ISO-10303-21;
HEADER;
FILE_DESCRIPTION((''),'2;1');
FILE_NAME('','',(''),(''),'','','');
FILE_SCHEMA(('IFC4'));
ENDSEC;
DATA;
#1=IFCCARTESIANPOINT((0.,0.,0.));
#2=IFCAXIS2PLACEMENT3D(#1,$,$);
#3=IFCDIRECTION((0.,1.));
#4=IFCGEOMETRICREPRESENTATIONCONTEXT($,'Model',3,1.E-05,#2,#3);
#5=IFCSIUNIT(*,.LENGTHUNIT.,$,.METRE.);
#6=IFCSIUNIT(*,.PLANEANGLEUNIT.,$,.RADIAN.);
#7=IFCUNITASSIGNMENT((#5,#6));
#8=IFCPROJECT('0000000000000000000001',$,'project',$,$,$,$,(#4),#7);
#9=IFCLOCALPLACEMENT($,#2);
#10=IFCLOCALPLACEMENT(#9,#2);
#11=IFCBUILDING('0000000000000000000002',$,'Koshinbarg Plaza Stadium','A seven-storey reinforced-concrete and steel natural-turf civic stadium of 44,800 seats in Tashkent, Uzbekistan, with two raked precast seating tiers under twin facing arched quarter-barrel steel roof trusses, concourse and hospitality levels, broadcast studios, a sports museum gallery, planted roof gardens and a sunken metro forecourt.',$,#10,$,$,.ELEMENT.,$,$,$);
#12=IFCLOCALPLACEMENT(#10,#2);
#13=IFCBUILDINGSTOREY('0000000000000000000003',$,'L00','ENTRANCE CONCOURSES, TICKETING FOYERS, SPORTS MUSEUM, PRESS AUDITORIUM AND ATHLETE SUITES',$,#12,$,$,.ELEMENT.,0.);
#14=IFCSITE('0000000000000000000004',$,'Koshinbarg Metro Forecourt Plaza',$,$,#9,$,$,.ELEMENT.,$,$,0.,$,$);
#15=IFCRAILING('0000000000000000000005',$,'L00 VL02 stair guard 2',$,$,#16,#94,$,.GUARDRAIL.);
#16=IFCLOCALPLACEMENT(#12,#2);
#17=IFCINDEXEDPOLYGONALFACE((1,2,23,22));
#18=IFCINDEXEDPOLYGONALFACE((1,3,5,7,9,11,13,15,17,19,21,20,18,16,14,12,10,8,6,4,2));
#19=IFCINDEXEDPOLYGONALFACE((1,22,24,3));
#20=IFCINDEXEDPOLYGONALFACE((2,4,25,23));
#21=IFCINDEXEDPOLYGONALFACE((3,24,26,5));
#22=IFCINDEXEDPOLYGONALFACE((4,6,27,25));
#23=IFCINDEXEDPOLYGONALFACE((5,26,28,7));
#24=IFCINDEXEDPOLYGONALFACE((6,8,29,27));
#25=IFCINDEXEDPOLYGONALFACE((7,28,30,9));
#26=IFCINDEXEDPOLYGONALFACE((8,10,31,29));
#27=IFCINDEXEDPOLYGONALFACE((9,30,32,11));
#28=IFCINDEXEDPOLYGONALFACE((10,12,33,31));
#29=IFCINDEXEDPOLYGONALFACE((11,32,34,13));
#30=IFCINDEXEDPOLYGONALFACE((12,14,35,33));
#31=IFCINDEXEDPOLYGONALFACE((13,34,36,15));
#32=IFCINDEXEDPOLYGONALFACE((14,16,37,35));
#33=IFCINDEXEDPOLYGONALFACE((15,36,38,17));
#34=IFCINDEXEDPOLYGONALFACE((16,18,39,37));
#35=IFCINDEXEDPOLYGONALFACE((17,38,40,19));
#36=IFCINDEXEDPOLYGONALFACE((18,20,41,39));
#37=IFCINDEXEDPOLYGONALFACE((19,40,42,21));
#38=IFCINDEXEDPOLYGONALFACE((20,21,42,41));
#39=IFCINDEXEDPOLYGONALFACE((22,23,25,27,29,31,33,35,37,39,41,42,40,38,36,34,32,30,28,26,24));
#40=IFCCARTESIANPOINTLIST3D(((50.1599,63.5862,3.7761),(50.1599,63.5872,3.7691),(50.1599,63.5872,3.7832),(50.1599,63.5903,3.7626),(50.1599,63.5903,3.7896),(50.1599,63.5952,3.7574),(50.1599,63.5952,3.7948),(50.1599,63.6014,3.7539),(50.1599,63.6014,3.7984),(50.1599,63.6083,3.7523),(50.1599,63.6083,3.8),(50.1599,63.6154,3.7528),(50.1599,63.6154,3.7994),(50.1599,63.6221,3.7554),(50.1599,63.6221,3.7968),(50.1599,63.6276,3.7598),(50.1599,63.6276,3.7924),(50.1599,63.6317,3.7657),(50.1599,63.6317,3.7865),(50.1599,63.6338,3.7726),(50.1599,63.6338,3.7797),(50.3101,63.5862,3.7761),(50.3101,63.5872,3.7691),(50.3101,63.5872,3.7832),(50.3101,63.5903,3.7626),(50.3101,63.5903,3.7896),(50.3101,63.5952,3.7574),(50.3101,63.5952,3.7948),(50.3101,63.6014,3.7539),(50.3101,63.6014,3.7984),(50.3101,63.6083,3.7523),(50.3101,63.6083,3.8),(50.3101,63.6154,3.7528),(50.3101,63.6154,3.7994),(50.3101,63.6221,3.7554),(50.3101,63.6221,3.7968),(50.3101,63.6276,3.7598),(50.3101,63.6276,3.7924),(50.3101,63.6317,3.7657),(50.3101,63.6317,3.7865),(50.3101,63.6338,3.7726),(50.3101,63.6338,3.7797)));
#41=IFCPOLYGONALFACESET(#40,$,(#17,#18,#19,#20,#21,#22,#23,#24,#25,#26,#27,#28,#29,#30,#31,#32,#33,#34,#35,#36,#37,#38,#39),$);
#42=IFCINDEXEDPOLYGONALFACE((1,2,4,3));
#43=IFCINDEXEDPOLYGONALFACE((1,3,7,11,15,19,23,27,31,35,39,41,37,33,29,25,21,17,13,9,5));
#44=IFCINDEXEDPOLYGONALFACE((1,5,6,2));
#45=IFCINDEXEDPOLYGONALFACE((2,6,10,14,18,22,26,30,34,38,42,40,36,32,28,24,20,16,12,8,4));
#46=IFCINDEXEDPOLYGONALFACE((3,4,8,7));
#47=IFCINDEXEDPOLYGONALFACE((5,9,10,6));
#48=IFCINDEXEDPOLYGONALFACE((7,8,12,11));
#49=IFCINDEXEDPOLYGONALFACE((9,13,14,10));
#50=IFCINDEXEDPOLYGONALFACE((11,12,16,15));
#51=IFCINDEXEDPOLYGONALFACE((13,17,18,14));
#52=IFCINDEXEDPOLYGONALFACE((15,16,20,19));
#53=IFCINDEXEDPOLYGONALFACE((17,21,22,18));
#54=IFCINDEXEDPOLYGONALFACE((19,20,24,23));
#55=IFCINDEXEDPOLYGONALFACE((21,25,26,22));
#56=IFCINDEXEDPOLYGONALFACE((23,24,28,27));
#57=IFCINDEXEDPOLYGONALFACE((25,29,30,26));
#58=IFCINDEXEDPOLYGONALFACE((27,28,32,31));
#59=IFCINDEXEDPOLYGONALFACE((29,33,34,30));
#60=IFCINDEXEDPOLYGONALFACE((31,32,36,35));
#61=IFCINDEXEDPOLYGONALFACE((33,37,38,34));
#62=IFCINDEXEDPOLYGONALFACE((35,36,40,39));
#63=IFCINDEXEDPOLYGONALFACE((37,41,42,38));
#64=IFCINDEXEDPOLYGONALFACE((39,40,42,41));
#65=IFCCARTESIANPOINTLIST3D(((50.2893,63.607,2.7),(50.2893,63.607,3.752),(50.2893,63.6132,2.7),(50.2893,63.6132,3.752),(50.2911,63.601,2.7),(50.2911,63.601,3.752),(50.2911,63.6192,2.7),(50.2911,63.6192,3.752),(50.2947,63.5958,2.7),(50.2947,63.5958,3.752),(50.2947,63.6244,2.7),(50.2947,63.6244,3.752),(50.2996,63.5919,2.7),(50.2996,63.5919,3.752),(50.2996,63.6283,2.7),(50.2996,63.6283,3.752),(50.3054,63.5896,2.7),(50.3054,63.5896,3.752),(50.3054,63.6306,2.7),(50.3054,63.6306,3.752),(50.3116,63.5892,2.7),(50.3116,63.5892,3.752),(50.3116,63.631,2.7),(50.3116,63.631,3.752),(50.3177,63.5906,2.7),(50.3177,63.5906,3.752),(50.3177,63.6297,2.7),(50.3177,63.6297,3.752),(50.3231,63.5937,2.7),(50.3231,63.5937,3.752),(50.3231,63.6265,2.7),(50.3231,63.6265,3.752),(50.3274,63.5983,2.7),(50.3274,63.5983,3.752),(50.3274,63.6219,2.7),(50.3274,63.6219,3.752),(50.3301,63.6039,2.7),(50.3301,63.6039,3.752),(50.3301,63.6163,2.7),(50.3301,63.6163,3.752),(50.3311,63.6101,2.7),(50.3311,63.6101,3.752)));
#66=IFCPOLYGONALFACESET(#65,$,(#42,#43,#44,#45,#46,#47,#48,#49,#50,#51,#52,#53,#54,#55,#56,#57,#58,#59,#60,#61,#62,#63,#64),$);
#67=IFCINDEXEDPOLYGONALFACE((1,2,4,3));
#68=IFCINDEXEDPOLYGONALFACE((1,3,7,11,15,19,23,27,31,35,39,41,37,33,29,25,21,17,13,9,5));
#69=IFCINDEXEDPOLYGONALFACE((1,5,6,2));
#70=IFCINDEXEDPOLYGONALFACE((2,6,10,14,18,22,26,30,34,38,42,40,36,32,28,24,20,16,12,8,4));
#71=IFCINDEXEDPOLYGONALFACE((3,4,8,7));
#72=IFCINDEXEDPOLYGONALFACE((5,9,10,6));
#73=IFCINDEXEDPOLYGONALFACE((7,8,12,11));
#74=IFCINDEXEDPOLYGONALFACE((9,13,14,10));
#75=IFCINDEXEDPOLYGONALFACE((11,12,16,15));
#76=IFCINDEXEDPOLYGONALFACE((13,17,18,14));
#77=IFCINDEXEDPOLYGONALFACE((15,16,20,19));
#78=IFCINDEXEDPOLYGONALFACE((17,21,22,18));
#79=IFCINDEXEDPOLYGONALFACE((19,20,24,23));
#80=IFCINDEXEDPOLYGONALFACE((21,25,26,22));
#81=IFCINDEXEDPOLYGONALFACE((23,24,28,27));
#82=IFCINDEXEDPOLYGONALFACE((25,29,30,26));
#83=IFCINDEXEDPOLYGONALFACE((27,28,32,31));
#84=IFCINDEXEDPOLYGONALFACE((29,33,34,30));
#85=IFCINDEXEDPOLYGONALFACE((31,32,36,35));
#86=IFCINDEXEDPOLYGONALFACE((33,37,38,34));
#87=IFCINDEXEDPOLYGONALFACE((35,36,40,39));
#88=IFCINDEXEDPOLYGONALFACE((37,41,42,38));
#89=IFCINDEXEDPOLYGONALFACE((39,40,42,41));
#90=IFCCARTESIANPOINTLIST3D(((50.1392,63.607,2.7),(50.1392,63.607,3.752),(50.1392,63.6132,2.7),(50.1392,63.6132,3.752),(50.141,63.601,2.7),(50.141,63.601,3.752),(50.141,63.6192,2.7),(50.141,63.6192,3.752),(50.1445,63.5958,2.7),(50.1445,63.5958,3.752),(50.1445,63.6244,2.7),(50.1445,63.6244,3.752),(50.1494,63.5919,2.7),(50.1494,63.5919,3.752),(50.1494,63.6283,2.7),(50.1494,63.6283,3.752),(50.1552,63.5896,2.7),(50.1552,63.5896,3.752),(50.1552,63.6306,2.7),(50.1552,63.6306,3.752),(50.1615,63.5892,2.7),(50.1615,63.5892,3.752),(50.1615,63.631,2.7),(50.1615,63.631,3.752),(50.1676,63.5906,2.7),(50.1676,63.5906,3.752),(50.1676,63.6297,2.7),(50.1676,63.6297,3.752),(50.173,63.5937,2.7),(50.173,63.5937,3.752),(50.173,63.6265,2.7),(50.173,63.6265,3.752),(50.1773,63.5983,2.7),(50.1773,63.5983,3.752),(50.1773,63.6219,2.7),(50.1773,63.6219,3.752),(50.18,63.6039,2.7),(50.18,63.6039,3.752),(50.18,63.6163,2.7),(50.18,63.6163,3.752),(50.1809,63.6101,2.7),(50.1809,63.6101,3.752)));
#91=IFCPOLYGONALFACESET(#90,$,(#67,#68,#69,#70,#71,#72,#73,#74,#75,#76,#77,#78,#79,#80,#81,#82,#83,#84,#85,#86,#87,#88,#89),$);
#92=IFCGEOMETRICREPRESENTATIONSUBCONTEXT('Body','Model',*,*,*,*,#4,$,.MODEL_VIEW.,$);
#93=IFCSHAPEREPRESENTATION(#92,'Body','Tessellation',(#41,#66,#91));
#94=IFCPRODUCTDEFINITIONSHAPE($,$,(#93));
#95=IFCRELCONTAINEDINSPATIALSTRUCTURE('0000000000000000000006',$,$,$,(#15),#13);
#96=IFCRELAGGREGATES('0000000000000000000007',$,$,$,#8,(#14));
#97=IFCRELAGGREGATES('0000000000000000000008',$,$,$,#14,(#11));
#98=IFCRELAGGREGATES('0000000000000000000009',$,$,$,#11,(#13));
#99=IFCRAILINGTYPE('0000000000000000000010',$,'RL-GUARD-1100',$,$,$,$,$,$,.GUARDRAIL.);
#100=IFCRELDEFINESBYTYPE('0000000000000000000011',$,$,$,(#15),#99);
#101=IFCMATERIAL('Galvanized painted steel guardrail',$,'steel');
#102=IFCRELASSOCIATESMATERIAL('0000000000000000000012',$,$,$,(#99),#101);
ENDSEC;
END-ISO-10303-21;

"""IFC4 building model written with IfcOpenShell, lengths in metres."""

from ifc_helpers import new_model, si_unit, direction, frame, origin, origin_2d, place, context, subcontext, project, spatial, circle, extrude, material, type_object, element, save


model = new_model("IFC4")

# Units and contexts
model_context = context("Model", 3, precision=1e-05, world=origin(), true_north=direction((0.0, 1.0)))
body_context = subcontext(model_context, "Body", "Model", "MODEL_VIEW")
ifc_project = project(units=[si_unit("LENGTHUNIT", "METRE"), si_unit("PLANEANGLEUNIT", "RADIAN")], contexts=[model_context])

# Site, building, storey
site_placement = place(None, origin())
site = spatial("IfcSite", under=ifc_project, at=site_placement, Name="Koshinbarg Metro Forecourt Plaza", CompositionType="ELEMENT", RefElevation=0.0)
building_placement = place(site_placement, origin())
building = spatial("IfcBuilding", under=site, at=building_placement, Name="Koshinbarg Plaza Stadium", Description="A seven-storey reinforced-concrete and steel natural-turf civic stadium of 44,800 seats in Tashkent, Uzbekistan, with two raked precast seating tiers under twin facing arched quarter-barrel steel roof trusses, concourse and hospitality levels, broadcast studios, a sports museum gallery, planted roof gardens and a sunken metro forecourt.", CompositionType="ELEMENT")
storey_placement = place(building_placement, origin())
storey = spatial("IfcBuildingStorey", under=building, at=storey_placement, Name="L00", Description="ENTRANCE CONCOURSES, TICKETING FOYERS, SPORTS MUSEUM, PRESS AUDITORIUM AND ATHLETE SUITES", CompositionType="ELEMENT", Elevation=0.0)

# Railing
ifc_material_1 = material(Name="Galvanized painted steel guardrail", Category="steel")
railing_type_1 = type_object("IfcRailingType", Name="RL-GUARD-1100", PredefinedType="GUARDRAIL", material=ifc_material_1)
railing_1_placement = place(storey_placement, frame((50.3101, 63.6101, 2.7)))
element("IfcRailing", 1, at=railing_1_placement, inside=storey, type_object=railing_type_1, Name="L00 VL02 stair guard 2", PredefinedType="GUARDRAIL", context=body_context, shape_type="SweptSolid", body=[
    extrude(circle(Radius=0.0239, at=origin_2d()), frame((0.0, 0.0, 1.0762), z_axis=(-1.0, 0.0, 0.0), x_axis=(0.0, -1.0, 0.0)), (0.0, 0.0, 1.0), 0.1501),
    extrude(circle(Radius=0.021, at=origin_2d()), origin(), (0.0, 0.0, 1.0), 1.052),
    extrude(circle(Radius=0.021, at=origin_2d()), frame((-0.1501, 0.0, 0.0)), (0.0, 0.0, 1.0), 1.052),
])

save(model, "model.ifc")
